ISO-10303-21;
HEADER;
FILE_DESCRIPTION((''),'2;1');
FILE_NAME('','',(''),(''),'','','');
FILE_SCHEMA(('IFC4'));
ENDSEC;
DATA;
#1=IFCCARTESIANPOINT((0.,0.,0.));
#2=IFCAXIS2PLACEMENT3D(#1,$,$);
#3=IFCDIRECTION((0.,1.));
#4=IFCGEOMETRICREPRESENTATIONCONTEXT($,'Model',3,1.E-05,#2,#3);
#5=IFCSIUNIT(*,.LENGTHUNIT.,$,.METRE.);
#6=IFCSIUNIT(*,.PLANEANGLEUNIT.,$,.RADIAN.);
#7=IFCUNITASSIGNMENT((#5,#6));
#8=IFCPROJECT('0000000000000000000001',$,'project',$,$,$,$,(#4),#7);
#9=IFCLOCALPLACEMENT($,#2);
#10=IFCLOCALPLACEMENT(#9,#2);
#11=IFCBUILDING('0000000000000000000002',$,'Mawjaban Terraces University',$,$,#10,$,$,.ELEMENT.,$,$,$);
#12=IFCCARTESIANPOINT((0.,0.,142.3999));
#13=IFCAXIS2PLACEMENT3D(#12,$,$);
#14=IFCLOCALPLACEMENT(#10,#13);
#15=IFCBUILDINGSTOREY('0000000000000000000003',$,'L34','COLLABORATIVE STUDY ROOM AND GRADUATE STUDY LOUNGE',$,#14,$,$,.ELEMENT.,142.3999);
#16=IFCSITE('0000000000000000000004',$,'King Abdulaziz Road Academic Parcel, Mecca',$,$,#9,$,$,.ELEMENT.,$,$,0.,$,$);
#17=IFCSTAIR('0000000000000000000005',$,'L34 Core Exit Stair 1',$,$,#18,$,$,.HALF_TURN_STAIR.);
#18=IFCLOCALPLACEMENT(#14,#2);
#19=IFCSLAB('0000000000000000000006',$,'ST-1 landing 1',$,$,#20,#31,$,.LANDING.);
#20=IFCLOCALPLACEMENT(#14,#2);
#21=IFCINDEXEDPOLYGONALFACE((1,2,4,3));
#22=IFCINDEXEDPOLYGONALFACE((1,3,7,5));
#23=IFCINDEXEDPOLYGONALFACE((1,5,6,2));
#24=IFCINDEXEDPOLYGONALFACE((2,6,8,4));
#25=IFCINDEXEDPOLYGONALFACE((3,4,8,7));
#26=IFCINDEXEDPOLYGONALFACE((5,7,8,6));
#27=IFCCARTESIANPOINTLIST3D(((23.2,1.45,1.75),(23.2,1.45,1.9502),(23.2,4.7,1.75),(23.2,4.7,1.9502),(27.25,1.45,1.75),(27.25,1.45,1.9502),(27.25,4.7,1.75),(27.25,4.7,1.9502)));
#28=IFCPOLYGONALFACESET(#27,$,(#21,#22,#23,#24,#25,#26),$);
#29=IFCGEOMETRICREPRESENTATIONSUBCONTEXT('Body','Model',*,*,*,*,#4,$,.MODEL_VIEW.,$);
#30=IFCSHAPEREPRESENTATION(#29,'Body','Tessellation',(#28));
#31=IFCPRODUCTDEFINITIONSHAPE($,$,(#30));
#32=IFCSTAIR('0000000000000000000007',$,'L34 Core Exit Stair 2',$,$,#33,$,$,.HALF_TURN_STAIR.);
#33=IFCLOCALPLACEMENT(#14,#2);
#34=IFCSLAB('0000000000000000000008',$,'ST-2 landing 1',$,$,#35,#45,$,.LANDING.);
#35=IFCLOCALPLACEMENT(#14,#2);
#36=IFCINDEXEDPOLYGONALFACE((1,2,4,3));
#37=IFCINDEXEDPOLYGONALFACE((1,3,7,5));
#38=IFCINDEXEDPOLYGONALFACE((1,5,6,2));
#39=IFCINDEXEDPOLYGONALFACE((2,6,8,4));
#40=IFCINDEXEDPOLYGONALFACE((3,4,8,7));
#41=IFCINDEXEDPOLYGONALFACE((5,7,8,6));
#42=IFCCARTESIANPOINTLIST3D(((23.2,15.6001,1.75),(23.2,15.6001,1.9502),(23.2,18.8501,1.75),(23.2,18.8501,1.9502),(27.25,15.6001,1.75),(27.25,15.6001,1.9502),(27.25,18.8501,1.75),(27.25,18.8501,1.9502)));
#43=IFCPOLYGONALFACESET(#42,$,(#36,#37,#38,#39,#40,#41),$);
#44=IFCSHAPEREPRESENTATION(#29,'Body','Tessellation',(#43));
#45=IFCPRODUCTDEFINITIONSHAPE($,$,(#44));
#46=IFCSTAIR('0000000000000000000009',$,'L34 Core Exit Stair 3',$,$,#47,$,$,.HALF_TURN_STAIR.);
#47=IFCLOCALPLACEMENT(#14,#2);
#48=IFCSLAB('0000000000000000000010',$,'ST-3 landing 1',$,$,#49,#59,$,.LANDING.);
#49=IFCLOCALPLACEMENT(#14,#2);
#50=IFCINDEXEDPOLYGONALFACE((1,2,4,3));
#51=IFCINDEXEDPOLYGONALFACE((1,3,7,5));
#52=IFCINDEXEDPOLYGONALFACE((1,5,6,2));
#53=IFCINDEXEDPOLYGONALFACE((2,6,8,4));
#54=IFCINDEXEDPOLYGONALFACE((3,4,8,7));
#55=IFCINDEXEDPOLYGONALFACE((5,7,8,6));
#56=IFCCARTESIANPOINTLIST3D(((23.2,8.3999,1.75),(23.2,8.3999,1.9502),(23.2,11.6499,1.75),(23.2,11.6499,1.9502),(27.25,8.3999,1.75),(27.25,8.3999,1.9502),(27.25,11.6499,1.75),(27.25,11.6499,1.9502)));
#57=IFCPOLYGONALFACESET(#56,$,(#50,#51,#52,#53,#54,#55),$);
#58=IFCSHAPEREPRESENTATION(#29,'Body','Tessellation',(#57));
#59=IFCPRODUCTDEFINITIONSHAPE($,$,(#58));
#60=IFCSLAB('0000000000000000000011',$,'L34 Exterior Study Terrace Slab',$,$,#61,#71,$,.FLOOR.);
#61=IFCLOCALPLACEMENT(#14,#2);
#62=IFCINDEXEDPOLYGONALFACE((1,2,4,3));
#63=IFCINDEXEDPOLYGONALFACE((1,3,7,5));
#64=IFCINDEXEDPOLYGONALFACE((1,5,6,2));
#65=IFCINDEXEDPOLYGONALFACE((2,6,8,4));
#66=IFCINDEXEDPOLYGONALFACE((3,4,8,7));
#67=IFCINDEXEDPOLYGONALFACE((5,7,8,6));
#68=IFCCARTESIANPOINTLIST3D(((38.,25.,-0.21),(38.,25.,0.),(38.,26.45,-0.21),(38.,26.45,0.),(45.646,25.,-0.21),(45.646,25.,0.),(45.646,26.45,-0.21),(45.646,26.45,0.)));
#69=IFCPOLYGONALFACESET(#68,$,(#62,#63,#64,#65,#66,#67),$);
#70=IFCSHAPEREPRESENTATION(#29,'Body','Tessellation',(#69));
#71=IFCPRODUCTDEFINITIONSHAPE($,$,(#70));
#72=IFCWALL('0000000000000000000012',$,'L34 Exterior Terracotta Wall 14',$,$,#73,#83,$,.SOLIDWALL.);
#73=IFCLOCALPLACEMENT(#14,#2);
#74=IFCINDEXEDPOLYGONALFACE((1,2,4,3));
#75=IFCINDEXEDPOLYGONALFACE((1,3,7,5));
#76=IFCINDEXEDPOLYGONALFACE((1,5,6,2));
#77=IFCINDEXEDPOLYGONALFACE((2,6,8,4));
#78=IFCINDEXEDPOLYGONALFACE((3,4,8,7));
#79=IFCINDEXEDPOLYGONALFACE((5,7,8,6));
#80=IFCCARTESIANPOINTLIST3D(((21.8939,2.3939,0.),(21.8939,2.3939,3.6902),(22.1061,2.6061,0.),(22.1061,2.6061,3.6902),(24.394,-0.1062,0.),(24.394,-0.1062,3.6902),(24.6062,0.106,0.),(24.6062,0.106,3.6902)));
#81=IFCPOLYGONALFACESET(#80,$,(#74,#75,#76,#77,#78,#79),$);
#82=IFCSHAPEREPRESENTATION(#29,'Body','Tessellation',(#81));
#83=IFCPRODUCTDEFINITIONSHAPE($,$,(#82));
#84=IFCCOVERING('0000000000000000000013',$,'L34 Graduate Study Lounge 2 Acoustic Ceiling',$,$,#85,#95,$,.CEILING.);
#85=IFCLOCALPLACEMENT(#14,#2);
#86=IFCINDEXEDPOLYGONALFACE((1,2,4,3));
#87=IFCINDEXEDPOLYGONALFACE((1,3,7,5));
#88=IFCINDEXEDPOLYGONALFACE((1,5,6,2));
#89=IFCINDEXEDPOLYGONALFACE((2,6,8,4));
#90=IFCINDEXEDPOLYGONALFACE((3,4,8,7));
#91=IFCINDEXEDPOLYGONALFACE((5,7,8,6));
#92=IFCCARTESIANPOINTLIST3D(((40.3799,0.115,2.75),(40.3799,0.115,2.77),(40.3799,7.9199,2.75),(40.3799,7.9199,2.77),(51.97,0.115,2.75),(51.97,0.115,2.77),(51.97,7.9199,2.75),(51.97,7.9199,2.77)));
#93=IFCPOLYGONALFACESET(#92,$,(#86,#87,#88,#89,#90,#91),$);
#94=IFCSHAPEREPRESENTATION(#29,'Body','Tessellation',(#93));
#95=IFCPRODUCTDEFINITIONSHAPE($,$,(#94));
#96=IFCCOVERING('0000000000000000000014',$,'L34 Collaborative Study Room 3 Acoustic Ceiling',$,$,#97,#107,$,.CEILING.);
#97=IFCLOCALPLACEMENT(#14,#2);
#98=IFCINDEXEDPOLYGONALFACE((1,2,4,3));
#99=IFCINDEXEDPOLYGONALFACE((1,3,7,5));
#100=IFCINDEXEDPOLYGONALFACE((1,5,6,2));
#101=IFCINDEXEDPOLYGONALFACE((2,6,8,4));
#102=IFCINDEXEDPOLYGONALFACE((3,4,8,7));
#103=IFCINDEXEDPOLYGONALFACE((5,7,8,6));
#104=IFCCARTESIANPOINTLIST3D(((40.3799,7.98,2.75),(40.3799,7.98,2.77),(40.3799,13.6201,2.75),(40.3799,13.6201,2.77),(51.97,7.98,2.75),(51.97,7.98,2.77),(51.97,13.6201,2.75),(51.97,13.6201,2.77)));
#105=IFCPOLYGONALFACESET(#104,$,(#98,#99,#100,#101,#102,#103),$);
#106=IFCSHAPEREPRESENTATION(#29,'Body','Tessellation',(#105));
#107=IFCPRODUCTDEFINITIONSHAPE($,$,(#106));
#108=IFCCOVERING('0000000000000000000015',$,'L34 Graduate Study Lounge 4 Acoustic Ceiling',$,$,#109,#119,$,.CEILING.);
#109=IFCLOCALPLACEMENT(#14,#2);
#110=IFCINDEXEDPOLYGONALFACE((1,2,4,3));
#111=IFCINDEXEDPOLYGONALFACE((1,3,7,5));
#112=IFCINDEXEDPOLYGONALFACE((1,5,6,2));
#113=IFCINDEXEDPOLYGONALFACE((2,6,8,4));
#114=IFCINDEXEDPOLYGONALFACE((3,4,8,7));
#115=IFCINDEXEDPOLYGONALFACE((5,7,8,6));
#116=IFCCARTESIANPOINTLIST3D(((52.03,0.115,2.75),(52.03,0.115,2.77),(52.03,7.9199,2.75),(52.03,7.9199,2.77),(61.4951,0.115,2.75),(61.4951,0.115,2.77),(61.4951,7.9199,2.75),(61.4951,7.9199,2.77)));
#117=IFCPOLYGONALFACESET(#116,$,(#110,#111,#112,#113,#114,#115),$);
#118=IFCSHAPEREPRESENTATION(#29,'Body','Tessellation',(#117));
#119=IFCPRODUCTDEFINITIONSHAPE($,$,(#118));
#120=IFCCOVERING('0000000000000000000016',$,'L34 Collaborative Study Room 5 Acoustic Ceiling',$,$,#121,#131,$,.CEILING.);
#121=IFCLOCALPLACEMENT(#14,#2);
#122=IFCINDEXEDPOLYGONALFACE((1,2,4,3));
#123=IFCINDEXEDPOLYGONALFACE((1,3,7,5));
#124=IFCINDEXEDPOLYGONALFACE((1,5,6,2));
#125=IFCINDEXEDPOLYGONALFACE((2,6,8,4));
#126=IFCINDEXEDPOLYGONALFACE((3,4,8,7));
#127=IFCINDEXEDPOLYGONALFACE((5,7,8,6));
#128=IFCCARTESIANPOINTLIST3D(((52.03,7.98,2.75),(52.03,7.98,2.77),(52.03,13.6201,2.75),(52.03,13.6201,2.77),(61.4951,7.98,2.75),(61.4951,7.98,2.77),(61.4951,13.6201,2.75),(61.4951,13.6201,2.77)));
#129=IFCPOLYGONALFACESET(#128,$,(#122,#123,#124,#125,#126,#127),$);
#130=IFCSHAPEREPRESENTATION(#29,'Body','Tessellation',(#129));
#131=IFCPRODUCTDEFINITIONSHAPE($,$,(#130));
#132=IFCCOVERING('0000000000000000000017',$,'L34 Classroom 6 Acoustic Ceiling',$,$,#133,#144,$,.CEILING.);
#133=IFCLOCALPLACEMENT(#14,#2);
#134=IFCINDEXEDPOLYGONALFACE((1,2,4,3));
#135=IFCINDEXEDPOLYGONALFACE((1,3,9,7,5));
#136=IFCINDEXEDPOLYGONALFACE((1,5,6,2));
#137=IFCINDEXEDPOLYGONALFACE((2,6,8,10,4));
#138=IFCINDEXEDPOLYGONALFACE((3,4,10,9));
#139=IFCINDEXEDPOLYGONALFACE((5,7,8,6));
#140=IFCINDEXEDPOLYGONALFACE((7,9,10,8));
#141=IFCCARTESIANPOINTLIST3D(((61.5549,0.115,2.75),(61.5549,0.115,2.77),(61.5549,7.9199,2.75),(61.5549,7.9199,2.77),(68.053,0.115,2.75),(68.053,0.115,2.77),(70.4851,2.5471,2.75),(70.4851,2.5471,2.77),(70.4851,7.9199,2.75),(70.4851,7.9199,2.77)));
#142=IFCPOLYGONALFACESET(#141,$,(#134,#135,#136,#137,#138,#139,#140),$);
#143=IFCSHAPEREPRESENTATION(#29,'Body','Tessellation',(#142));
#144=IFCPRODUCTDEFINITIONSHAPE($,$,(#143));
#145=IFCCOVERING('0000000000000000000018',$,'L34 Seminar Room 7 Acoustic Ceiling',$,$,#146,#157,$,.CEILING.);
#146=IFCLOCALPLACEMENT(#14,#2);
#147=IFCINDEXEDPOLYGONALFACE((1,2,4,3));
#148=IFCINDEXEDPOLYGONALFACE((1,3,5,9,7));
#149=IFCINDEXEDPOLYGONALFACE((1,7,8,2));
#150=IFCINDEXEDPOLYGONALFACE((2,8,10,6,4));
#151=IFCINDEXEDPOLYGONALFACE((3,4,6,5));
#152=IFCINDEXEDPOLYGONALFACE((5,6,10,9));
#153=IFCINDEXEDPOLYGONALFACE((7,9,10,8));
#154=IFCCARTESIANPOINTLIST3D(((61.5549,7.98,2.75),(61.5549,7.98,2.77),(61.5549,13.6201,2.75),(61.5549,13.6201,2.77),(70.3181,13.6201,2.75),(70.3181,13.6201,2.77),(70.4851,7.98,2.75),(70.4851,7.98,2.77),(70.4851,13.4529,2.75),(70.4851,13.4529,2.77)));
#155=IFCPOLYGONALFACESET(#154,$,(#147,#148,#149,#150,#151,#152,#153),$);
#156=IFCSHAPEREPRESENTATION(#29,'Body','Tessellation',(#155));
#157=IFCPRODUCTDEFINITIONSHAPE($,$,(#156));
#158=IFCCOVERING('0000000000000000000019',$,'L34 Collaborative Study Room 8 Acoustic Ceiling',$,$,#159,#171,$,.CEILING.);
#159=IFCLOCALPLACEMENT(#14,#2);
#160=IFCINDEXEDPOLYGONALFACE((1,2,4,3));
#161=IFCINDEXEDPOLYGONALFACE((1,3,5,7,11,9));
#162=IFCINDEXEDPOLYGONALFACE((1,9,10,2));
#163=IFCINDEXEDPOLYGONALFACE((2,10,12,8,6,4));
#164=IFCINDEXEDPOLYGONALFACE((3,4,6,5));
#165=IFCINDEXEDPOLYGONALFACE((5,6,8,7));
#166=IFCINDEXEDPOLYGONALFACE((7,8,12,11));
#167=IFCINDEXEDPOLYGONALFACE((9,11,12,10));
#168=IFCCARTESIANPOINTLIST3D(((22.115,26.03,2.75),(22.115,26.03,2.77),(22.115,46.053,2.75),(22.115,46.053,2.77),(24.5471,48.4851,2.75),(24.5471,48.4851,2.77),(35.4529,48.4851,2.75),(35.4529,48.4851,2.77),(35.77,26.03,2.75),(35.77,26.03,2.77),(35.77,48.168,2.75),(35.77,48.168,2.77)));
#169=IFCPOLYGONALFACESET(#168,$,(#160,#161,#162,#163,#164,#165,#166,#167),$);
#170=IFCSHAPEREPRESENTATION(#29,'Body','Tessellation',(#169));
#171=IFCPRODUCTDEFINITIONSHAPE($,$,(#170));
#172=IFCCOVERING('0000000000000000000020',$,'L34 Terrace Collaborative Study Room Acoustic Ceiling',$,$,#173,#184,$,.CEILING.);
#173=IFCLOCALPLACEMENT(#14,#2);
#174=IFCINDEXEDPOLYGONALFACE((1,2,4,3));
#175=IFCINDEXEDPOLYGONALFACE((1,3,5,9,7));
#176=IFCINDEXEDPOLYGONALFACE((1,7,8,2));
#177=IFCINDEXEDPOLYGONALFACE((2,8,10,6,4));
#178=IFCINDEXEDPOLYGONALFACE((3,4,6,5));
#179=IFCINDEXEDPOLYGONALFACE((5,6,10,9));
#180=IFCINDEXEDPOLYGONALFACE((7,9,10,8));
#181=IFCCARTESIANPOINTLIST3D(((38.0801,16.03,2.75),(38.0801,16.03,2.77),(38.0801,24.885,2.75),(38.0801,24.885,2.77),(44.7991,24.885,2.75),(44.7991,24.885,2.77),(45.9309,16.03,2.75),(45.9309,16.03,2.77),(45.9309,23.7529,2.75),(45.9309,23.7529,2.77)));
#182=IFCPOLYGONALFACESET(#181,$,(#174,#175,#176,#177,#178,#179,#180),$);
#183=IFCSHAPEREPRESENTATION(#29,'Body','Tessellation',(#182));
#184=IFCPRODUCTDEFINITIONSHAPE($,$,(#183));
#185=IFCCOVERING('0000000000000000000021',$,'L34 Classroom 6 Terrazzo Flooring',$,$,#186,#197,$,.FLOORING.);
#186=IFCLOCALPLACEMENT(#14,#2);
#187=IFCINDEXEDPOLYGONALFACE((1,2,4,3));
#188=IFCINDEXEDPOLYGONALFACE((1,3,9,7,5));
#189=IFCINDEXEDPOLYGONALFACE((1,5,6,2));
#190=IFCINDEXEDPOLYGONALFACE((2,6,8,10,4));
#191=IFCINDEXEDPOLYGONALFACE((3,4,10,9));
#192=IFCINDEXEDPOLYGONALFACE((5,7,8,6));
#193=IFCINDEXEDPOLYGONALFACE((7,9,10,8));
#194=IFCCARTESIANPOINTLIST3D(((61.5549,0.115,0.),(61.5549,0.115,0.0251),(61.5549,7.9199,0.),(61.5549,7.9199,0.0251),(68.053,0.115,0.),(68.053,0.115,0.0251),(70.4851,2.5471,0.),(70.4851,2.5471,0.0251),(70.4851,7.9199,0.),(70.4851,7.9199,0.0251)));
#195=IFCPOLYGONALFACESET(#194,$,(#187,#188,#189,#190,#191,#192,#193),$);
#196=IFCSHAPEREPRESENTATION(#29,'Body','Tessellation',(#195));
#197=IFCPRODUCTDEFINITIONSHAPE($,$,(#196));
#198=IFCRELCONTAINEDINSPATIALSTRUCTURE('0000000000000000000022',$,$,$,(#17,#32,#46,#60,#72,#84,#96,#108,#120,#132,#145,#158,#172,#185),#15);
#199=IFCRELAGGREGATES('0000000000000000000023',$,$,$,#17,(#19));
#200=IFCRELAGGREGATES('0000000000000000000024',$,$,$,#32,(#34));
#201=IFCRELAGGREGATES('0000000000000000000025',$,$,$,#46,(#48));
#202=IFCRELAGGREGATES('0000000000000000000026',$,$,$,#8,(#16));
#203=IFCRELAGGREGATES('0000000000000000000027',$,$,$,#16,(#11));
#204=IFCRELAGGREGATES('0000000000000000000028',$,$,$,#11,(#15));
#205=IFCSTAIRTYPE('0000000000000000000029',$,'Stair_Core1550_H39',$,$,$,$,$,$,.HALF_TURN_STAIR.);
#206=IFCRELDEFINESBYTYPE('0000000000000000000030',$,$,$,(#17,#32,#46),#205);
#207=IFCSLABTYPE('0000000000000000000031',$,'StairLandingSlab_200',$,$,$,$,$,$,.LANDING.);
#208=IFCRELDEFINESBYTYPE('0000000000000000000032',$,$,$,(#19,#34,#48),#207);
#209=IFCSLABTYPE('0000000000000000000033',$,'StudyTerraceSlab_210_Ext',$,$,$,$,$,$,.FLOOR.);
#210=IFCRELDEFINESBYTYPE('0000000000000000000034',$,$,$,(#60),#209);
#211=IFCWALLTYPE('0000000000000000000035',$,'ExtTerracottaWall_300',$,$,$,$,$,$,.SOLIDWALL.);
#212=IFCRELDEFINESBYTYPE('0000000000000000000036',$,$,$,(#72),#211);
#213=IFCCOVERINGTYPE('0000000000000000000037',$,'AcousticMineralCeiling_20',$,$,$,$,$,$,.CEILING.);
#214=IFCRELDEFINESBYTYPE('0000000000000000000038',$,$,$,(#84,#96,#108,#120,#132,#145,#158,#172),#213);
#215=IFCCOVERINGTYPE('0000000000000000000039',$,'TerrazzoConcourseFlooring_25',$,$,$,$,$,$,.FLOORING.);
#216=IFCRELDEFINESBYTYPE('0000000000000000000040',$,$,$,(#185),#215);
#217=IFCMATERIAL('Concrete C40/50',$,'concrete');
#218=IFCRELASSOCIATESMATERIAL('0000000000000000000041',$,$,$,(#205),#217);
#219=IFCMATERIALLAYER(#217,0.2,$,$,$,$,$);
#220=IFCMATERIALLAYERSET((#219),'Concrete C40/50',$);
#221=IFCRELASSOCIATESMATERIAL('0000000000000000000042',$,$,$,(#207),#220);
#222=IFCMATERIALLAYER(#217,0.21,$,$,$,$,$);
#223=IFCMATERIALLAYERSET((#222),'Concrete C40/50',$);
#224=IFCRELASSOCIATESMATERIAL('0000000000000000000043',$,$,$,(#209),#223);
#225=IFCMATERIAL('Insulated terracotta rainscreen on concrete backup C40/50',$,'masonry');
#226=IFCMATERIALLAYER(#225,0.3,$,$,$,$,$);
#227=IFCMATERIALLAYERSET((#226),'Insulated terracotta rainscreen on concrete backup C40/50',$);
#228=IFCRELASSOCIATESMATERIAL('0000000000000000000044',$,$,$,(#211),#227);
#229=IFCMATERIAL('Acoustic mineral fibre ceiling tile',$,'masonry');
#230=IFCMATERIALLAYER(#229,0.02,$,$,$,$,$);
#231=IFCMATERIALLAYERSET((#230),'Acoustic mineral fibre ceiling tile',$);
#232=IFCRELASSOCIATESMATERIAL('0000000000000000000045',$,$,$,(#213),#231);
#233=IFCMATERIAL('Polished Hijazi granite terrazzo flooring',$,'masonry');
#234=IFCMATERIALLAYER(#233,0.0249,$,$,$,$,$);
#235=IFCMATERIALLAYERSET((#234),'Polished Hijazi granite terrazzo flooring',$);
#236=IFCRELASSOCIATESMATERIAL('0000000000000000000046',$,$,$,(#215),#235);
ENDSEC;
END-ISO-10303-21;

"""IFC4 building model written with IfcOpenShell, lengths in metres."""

from ifc_helpers import new_model, si_unit, direction, frame, frame_2d, origin, place, context, subcontext, project, spatial, polyline, rectangle, outline, extrude, material, layer, layer_set, type_object, element, aggregate, save


model = new_model("IFC4")

# Units and contexts
model_context = context("Model", 3, precision=1e-05, world=origin(), true_north=direction((0.0, 1.0)))
body_context = subcontext(model_context, "Body", "Model", "MODEL_VIEW")
ifc_project = project(units=[si_unit("LENGTHUNIT", "METRE"), si_unit("PLANEANGLEUNIT", "RADIAN")], contexts=[model_context])

# Site, building, storey
site_placement = place(None, origin())
site = spatial("IfcSite", under=ifc_project, at=site_placement, Name="King Abdulaziz Road Academic Parcel, Mecca", CompositionType="ELEMENT", RefElevation=0.0)
building_placement = place(site_placement, origin())
building = spatial("IfcBuilding", under=site, at=building_placement, Name="Mawjaban Terraces University", CompositionType="ELEMENT")
storey_placement = place(building_placement, frame((0.0, 0.0, 142.3999)))
storey = spatial("IfcBuildingStorey", under=building, at=storey_placement, Name="L34", Description="COLLABORATIVE STUDY ROOM AND GRADUATE STUDY LOUNGE", CompositionType="ELEMENT", Elevation=142.3999)

# Shared definitions
ifc_material_1 = material(Name="Concrete C40/50", Category="concrete")

# Stairs, slabs
stair_type = type_object("IfcStairType", Name="Stair_Core1550_H39", PredefinedType="HALF_TURN_STAIR", material=ifc_material_1)
stair_1_placement = place(storey_placement, origin())
stair_1 = element("IfcStair", 1, at=stair_1_placement, inside=storey, type_object=stair_type, Name="L34 Core Exit Stair 1", PredefinedType="HALF_TURN_STAIR")
ifc_layer_1 = layer(ifc_material_1, 0.2)
ifc_layer_set_1 = layer_set([ifc_layer_1], Name="Concrete C40/50")
slab_type_1 = type_object("IfcSlabType", Name="StairLandingSlab_200", PredefinedType="LANDING", material=ifc_layer_set_1)
slab_1_placement = place(storey_placement, frame((0.0, 0.0, 1.75)))
slab_1 = element("IfcSlab", 2, at=slab_1_placement, type_object=slab_type_1, Name="ST-1 landing 1", PredefinedType="LANDING", context=body_context, shape_type="SweptSolid", body=[
    extrude(outline(polyline([(27.25, 4.7), (23.2, 4.7), (23.2, 1.45), (27.25, 1.45), (27.25, 4.7)])), origin(), (0.0, 0.0, 1.0), 0.2002),
])
aggregate(stair_1, [slab_1])
stair_2_placement = place(storey_placement, origin())
stair_2 = element("IfcStair", 3, at=stair_2_placement, inside=storey, type_object=stair_type, Name="L34 Core Exit Stair 2", PredefinedType="HALF_TURN_STAIR")
slab_2_placement = place(storey_placement, frame((0.0, 0.0, 1.75)))
slab_2 = element("IfcSlab", 4, at=slab_2_placement, type_object=slab_type_1, Name="ST-2 landing 1", PredefinedType="LANDING", context=body_context, shape_type="SweptSolid", body=[
    extrude(outline(polyline([(27.25, 18.8501), (23.2, 18.8501), (23.2, 15.6001), (27.25, 15.6001), (27.25, 18.8501)])), origin(), (0.0, 0.0, 1.0), 0.2002),
])
aggregate(stair_2, [slab_2])
stair_3_placement = place(storey_placement, origin())
stair_3 = element("IfcStair", 5, at=stair_3_placement, inside=storey, type_object=stair_type, Name="L34 Core Exit Stair 3", PredefinedType="HALF_TURN_STAIR")
slab_3_placement = place(storey_placement, frame((0.0, 0.0, 1.75)))
slab_3 = element("IfcSlab", 6, at=slab_3_placement, type_object=slab_type_1, Name="ST-3 landing 1", PredefinedType="LANDING", context=body_context, shape_type="SweptSolid", body=[
    extrude(outline(polyline([(27.25, 11.6499), (23.2, 11.6499), (23.2, 8.3999), (27.25, 8.3999), (27.25, 11.6499)])), origin(), (0.0, 0.0, 1.0), 0.2002),
])
aggregate(stair_3, [slab_3])

# Slab
ifc_layer_2 = layer(ifc_material_1, 0.21)
ifc_layer_set_2 = layer_set([ifc_layer_2], Name="Concrete C40/50")
slab_type_2 = type_object("IfcSlabType", Name="StudyTerraceSlab_210_Ext", PredefinedType="FLOOR", material=ifc_layer_set_2)
slab_4_placement = place(storey_placement, frame((0.0, 0.0, -0.21)))
element("IfcSlab", 7, at=slab_4_placement, inside=storey, type_object=slab_type_2, Name="L34 Exterior Study Terrace Slab", PredefinedType="FLOOR", context=body_context, shape_type="SweptSolid", body=[
    extrude(outline(polyline([(38.0, 25.0), (45.646, 25.0), (45.646, 26.45), (38.0, 26.45), (38.0, 25.0)])), origin(), (0.0, 0.0, 1.0), 0.21),
])

# Wall
ifc_material_2 = material(Name="Insulated terracotta rainscreen on concrete backup C40/50", Category="masonry")
ifc_layer_3 = layer(ifc_material_2, 0.3)
ifc_layer_set_3 = layer_set([ifc_layer_3], Name="Insulated terracotta rainscreen on concrete backup C40/50")
wall_type = type_object("IfcWallType", Name="ExtTerracottaWall_300", PredefinedType="SOLIDWALL", material=ifc_layer_set_3)
wall_placement = place(storey_placement, frame((22.0, 2.5, 0.0), z_axis=(0.0, 0.0, 1.0), x_axis=(0.707107, -0.707107, 0.0)))
element("IfcWall", 8, at=wall_placement, inside=storey, type_object=wall_type, Name="L34 Exterior Terracotta Wall 14", PredefinedType="SOLIDWALL", context=body_context, shape_type="SweptSolid", body=[
    extrude(rectangle(XDim=3.5356, YDim=0.3, at=frame_2d((1.7678, 0.0))), origin(), (0.0, 0.0, 1.0), 3.6902),
])

# Coverings
ifc_material_3 = material(Name="Acoustic mineral fibre ceiling tile", Category="masonry")
ifc_layer_4 = layer(ifc_material_3, 0.02)
ifc_layer_set_4 = layer_set([ifc_layer_4], Name="Acoustic mineral fibre ceiling tile")
covering_type_1 = type_object("IfcCoveringType", Name="AcousticMineralCeiling_20", PredefinedType="CEILING", material=ifc_layer_set_4)
covering_1_placement = place(storey_placement, frame((0.0, 0.0, 2.75)))
element("IfcCovering", 9, at=covering_1_placement, inside=storey, type_object=covering_type_1, Name="L34 Graduate Study Lounge 2 Acoustic Ceiling", PredefinedType="CEILING", context=body_context, shape_type="SweptSolid", body=[
    extrude(outline(polyline([(40.3799, 0.115), (51.97, 0.115), (51.97, 7.9199), (40.3799, 7.9199), (40.3799, 0.115)])), origin(), (0.0, 0.0, 1.0), 0.02),
])
covering_2_placement = place(storey_placement, frame((0.0, 0.0, 2.75)))
element("IfcCovering", 10, at=covering_2_placement, inside=storey, type_object=covering_type_1, Name="L34 Collaborative Study Room 3 Acoustic Ceiling", PredefinedType="CEILING", context=body_context, shape_type="SweptSolid", body=[
    extrude(outline(polyline([(51.97, 7.98), (51.97, 13.6201), (40.3799, 13.6201), (40.3799, 7.98), (51.97, 7.98)])), origin(), (0.0, 0.0, 1.0), 0.02),
])
covering_3_placement = place(storey_placement, frame((0.0, 0.0, 2.75)))
element("IfcCovering", 11, at=covering_3_placement, inside=storey, type_object=covering_type_1, Name="L34 Graduate Study Lounge 4 Acoustic Ceiling", PredefinedType="CEILING", context=body_context, shape_type="SweptSolid", body=[
    extrude(outline(polyline([(52.03, 0.115), (61.4951, 0.115), (61.4951, 7.9199), (52.03, 7.9199), (52.03, 0.115)])), origin(), (0.0, 0.0, 1.0), 0.02),
])
covering_4_placement = place(storey_placement, frame((0.0, 0.0, 2.75)))
element("IfcCovering", 12, at=covering_4_placement, inside=storey, type_object=covering_type_1, Name="L34 Collaborative Study Room 5 Acoustic Ceiling", PredefinedType="CEILING", context=body_context, shape_type="SweptSolid", body=[
    extrude(outline(polyline([(61.4951, 7.98), (61.4951, 13.6201), (52.03, 13.6201), (52.03, 7.98), (61.4951, 7.98)])), origin(), (0.0, 0.0, 1.0), 0.02),
])
covering_5_placement = place(storey_placement, frame((0.0, 0.0, 2.75)))
element("IfcCovering", 13, at=covering_5_placement, inside=storey, type_object=covering_type_1, Name="L34 Classroom 6 Acoustic Ceiling", PredefinedType="CEILING", context=body_context, shape_type="SweptSolid", body=[
    extrude(outline(polyline([(61.5549, 0.115), (68.053, 0.115), (70.4851, 2.5471), (70.4851, 7.9199), (61.5549, 7.9199), (61.5549, 0.115)])), origin(), (0.0, 0.0, 1.0), 0.02),
])
covering_6_placement = place(storey_placement, frame((0.0, 0.0, 2.75)))
element("IfcCovering", 14, at=covering_6_placement, inside=storey, type_object=covering_type_1, Name="L34 Seminar Room 7 Acoustic Ceiling", PredefinedType="CEILING", context=body_context, shape_type="SweptSolid", body=[
    extrude(outline(polyline([(70.4851, 7.98), (70.4851, 13.4529), (70.3181, 13.6201), (61.5549, 13.6201), (61.5549, 7.98), (70.4851, 7.98)])), origin(), (0.0, 0.0, 1.0), 0.02),
])
covering_7_placement = place(storey_placement, frame((0.0, 0.0, 2.75)))
element("IfcCovering", 15, at=covering_7_placement, inside=storey, type_object=covering_type_1, Name="L34 Collaborative Study Room 8 Acoustic Ceiling", PredefinedType="CEILING", context=body_context, shape_type="SweptSolid", body=[
    extrude(outline(polyline([(35.77, 48.168), (35.4529, 48.4851), (24.5471, 48.4851), (22.115, 46.053), (22.115, 26.03), (35.77, 26.03), (35.77, 48.168)])), origin(), (0.0, 0.0, 1.0), 0.02),
])
covering_8_placement = place(storey_placement, frame((0.0, 0.0, 2.75)))
element("IfcCovering", 16, at=covering_8_placement, inside=storey, type_object=covering_type_1, Name="L34 Terrace Collaborative Study Room Acoustic Ceiling", PredefinedType="CEILING", context=body_context, shape_type="SweptSolid", body=[
    extrude(outline(polyline([(45.9309, 16.03), (45.9309, 23.7529), (44.7991, 24.885), (38.0801, 24.885), (38.0801, 16.03), (45.9309, 16.03)])), origin(), (0.0, 0.0, 1.0), 0.02),
])
ifc_material_4 = material(Name="Polished Hijazi granite terrazzo flooring", Category="masonry")
ifc_layer_5 = layer(ifc_material_4, 0.0249)
ifc_layer_set_5 = layer_set([ifc_layer_5], Name="Polished Hijazi granite terrazzo flooring")
covering_type_2 = type_object("IfcCoveringType", Name="TerrazzoConcourseFlooring_25", PredefinedType="FLOORING", material=ifc_layer_set_5)
covering_9_placement = place(storey_placement, origin())
element("IfcCovering", 17, at=covering_9_placement, inside=storey, type_object=covering_type_2, Name="L34 Classroom 6 Terrazzo Flooring", PredefinedType="FLOORING", context=body_context, shape_type="SweptSolid", body=[
    extrude(outline(polyline([(61.5549, 0.115), (68.053, 0.115), (70.4851, 2.5471), (70.4851, 7.9199), (61.5549, 7.9199), (61.5549, 0.115)])), origin(), (0.0, 0.0, 1.0), 0.0251),
])

save(model, "model.ifc")
